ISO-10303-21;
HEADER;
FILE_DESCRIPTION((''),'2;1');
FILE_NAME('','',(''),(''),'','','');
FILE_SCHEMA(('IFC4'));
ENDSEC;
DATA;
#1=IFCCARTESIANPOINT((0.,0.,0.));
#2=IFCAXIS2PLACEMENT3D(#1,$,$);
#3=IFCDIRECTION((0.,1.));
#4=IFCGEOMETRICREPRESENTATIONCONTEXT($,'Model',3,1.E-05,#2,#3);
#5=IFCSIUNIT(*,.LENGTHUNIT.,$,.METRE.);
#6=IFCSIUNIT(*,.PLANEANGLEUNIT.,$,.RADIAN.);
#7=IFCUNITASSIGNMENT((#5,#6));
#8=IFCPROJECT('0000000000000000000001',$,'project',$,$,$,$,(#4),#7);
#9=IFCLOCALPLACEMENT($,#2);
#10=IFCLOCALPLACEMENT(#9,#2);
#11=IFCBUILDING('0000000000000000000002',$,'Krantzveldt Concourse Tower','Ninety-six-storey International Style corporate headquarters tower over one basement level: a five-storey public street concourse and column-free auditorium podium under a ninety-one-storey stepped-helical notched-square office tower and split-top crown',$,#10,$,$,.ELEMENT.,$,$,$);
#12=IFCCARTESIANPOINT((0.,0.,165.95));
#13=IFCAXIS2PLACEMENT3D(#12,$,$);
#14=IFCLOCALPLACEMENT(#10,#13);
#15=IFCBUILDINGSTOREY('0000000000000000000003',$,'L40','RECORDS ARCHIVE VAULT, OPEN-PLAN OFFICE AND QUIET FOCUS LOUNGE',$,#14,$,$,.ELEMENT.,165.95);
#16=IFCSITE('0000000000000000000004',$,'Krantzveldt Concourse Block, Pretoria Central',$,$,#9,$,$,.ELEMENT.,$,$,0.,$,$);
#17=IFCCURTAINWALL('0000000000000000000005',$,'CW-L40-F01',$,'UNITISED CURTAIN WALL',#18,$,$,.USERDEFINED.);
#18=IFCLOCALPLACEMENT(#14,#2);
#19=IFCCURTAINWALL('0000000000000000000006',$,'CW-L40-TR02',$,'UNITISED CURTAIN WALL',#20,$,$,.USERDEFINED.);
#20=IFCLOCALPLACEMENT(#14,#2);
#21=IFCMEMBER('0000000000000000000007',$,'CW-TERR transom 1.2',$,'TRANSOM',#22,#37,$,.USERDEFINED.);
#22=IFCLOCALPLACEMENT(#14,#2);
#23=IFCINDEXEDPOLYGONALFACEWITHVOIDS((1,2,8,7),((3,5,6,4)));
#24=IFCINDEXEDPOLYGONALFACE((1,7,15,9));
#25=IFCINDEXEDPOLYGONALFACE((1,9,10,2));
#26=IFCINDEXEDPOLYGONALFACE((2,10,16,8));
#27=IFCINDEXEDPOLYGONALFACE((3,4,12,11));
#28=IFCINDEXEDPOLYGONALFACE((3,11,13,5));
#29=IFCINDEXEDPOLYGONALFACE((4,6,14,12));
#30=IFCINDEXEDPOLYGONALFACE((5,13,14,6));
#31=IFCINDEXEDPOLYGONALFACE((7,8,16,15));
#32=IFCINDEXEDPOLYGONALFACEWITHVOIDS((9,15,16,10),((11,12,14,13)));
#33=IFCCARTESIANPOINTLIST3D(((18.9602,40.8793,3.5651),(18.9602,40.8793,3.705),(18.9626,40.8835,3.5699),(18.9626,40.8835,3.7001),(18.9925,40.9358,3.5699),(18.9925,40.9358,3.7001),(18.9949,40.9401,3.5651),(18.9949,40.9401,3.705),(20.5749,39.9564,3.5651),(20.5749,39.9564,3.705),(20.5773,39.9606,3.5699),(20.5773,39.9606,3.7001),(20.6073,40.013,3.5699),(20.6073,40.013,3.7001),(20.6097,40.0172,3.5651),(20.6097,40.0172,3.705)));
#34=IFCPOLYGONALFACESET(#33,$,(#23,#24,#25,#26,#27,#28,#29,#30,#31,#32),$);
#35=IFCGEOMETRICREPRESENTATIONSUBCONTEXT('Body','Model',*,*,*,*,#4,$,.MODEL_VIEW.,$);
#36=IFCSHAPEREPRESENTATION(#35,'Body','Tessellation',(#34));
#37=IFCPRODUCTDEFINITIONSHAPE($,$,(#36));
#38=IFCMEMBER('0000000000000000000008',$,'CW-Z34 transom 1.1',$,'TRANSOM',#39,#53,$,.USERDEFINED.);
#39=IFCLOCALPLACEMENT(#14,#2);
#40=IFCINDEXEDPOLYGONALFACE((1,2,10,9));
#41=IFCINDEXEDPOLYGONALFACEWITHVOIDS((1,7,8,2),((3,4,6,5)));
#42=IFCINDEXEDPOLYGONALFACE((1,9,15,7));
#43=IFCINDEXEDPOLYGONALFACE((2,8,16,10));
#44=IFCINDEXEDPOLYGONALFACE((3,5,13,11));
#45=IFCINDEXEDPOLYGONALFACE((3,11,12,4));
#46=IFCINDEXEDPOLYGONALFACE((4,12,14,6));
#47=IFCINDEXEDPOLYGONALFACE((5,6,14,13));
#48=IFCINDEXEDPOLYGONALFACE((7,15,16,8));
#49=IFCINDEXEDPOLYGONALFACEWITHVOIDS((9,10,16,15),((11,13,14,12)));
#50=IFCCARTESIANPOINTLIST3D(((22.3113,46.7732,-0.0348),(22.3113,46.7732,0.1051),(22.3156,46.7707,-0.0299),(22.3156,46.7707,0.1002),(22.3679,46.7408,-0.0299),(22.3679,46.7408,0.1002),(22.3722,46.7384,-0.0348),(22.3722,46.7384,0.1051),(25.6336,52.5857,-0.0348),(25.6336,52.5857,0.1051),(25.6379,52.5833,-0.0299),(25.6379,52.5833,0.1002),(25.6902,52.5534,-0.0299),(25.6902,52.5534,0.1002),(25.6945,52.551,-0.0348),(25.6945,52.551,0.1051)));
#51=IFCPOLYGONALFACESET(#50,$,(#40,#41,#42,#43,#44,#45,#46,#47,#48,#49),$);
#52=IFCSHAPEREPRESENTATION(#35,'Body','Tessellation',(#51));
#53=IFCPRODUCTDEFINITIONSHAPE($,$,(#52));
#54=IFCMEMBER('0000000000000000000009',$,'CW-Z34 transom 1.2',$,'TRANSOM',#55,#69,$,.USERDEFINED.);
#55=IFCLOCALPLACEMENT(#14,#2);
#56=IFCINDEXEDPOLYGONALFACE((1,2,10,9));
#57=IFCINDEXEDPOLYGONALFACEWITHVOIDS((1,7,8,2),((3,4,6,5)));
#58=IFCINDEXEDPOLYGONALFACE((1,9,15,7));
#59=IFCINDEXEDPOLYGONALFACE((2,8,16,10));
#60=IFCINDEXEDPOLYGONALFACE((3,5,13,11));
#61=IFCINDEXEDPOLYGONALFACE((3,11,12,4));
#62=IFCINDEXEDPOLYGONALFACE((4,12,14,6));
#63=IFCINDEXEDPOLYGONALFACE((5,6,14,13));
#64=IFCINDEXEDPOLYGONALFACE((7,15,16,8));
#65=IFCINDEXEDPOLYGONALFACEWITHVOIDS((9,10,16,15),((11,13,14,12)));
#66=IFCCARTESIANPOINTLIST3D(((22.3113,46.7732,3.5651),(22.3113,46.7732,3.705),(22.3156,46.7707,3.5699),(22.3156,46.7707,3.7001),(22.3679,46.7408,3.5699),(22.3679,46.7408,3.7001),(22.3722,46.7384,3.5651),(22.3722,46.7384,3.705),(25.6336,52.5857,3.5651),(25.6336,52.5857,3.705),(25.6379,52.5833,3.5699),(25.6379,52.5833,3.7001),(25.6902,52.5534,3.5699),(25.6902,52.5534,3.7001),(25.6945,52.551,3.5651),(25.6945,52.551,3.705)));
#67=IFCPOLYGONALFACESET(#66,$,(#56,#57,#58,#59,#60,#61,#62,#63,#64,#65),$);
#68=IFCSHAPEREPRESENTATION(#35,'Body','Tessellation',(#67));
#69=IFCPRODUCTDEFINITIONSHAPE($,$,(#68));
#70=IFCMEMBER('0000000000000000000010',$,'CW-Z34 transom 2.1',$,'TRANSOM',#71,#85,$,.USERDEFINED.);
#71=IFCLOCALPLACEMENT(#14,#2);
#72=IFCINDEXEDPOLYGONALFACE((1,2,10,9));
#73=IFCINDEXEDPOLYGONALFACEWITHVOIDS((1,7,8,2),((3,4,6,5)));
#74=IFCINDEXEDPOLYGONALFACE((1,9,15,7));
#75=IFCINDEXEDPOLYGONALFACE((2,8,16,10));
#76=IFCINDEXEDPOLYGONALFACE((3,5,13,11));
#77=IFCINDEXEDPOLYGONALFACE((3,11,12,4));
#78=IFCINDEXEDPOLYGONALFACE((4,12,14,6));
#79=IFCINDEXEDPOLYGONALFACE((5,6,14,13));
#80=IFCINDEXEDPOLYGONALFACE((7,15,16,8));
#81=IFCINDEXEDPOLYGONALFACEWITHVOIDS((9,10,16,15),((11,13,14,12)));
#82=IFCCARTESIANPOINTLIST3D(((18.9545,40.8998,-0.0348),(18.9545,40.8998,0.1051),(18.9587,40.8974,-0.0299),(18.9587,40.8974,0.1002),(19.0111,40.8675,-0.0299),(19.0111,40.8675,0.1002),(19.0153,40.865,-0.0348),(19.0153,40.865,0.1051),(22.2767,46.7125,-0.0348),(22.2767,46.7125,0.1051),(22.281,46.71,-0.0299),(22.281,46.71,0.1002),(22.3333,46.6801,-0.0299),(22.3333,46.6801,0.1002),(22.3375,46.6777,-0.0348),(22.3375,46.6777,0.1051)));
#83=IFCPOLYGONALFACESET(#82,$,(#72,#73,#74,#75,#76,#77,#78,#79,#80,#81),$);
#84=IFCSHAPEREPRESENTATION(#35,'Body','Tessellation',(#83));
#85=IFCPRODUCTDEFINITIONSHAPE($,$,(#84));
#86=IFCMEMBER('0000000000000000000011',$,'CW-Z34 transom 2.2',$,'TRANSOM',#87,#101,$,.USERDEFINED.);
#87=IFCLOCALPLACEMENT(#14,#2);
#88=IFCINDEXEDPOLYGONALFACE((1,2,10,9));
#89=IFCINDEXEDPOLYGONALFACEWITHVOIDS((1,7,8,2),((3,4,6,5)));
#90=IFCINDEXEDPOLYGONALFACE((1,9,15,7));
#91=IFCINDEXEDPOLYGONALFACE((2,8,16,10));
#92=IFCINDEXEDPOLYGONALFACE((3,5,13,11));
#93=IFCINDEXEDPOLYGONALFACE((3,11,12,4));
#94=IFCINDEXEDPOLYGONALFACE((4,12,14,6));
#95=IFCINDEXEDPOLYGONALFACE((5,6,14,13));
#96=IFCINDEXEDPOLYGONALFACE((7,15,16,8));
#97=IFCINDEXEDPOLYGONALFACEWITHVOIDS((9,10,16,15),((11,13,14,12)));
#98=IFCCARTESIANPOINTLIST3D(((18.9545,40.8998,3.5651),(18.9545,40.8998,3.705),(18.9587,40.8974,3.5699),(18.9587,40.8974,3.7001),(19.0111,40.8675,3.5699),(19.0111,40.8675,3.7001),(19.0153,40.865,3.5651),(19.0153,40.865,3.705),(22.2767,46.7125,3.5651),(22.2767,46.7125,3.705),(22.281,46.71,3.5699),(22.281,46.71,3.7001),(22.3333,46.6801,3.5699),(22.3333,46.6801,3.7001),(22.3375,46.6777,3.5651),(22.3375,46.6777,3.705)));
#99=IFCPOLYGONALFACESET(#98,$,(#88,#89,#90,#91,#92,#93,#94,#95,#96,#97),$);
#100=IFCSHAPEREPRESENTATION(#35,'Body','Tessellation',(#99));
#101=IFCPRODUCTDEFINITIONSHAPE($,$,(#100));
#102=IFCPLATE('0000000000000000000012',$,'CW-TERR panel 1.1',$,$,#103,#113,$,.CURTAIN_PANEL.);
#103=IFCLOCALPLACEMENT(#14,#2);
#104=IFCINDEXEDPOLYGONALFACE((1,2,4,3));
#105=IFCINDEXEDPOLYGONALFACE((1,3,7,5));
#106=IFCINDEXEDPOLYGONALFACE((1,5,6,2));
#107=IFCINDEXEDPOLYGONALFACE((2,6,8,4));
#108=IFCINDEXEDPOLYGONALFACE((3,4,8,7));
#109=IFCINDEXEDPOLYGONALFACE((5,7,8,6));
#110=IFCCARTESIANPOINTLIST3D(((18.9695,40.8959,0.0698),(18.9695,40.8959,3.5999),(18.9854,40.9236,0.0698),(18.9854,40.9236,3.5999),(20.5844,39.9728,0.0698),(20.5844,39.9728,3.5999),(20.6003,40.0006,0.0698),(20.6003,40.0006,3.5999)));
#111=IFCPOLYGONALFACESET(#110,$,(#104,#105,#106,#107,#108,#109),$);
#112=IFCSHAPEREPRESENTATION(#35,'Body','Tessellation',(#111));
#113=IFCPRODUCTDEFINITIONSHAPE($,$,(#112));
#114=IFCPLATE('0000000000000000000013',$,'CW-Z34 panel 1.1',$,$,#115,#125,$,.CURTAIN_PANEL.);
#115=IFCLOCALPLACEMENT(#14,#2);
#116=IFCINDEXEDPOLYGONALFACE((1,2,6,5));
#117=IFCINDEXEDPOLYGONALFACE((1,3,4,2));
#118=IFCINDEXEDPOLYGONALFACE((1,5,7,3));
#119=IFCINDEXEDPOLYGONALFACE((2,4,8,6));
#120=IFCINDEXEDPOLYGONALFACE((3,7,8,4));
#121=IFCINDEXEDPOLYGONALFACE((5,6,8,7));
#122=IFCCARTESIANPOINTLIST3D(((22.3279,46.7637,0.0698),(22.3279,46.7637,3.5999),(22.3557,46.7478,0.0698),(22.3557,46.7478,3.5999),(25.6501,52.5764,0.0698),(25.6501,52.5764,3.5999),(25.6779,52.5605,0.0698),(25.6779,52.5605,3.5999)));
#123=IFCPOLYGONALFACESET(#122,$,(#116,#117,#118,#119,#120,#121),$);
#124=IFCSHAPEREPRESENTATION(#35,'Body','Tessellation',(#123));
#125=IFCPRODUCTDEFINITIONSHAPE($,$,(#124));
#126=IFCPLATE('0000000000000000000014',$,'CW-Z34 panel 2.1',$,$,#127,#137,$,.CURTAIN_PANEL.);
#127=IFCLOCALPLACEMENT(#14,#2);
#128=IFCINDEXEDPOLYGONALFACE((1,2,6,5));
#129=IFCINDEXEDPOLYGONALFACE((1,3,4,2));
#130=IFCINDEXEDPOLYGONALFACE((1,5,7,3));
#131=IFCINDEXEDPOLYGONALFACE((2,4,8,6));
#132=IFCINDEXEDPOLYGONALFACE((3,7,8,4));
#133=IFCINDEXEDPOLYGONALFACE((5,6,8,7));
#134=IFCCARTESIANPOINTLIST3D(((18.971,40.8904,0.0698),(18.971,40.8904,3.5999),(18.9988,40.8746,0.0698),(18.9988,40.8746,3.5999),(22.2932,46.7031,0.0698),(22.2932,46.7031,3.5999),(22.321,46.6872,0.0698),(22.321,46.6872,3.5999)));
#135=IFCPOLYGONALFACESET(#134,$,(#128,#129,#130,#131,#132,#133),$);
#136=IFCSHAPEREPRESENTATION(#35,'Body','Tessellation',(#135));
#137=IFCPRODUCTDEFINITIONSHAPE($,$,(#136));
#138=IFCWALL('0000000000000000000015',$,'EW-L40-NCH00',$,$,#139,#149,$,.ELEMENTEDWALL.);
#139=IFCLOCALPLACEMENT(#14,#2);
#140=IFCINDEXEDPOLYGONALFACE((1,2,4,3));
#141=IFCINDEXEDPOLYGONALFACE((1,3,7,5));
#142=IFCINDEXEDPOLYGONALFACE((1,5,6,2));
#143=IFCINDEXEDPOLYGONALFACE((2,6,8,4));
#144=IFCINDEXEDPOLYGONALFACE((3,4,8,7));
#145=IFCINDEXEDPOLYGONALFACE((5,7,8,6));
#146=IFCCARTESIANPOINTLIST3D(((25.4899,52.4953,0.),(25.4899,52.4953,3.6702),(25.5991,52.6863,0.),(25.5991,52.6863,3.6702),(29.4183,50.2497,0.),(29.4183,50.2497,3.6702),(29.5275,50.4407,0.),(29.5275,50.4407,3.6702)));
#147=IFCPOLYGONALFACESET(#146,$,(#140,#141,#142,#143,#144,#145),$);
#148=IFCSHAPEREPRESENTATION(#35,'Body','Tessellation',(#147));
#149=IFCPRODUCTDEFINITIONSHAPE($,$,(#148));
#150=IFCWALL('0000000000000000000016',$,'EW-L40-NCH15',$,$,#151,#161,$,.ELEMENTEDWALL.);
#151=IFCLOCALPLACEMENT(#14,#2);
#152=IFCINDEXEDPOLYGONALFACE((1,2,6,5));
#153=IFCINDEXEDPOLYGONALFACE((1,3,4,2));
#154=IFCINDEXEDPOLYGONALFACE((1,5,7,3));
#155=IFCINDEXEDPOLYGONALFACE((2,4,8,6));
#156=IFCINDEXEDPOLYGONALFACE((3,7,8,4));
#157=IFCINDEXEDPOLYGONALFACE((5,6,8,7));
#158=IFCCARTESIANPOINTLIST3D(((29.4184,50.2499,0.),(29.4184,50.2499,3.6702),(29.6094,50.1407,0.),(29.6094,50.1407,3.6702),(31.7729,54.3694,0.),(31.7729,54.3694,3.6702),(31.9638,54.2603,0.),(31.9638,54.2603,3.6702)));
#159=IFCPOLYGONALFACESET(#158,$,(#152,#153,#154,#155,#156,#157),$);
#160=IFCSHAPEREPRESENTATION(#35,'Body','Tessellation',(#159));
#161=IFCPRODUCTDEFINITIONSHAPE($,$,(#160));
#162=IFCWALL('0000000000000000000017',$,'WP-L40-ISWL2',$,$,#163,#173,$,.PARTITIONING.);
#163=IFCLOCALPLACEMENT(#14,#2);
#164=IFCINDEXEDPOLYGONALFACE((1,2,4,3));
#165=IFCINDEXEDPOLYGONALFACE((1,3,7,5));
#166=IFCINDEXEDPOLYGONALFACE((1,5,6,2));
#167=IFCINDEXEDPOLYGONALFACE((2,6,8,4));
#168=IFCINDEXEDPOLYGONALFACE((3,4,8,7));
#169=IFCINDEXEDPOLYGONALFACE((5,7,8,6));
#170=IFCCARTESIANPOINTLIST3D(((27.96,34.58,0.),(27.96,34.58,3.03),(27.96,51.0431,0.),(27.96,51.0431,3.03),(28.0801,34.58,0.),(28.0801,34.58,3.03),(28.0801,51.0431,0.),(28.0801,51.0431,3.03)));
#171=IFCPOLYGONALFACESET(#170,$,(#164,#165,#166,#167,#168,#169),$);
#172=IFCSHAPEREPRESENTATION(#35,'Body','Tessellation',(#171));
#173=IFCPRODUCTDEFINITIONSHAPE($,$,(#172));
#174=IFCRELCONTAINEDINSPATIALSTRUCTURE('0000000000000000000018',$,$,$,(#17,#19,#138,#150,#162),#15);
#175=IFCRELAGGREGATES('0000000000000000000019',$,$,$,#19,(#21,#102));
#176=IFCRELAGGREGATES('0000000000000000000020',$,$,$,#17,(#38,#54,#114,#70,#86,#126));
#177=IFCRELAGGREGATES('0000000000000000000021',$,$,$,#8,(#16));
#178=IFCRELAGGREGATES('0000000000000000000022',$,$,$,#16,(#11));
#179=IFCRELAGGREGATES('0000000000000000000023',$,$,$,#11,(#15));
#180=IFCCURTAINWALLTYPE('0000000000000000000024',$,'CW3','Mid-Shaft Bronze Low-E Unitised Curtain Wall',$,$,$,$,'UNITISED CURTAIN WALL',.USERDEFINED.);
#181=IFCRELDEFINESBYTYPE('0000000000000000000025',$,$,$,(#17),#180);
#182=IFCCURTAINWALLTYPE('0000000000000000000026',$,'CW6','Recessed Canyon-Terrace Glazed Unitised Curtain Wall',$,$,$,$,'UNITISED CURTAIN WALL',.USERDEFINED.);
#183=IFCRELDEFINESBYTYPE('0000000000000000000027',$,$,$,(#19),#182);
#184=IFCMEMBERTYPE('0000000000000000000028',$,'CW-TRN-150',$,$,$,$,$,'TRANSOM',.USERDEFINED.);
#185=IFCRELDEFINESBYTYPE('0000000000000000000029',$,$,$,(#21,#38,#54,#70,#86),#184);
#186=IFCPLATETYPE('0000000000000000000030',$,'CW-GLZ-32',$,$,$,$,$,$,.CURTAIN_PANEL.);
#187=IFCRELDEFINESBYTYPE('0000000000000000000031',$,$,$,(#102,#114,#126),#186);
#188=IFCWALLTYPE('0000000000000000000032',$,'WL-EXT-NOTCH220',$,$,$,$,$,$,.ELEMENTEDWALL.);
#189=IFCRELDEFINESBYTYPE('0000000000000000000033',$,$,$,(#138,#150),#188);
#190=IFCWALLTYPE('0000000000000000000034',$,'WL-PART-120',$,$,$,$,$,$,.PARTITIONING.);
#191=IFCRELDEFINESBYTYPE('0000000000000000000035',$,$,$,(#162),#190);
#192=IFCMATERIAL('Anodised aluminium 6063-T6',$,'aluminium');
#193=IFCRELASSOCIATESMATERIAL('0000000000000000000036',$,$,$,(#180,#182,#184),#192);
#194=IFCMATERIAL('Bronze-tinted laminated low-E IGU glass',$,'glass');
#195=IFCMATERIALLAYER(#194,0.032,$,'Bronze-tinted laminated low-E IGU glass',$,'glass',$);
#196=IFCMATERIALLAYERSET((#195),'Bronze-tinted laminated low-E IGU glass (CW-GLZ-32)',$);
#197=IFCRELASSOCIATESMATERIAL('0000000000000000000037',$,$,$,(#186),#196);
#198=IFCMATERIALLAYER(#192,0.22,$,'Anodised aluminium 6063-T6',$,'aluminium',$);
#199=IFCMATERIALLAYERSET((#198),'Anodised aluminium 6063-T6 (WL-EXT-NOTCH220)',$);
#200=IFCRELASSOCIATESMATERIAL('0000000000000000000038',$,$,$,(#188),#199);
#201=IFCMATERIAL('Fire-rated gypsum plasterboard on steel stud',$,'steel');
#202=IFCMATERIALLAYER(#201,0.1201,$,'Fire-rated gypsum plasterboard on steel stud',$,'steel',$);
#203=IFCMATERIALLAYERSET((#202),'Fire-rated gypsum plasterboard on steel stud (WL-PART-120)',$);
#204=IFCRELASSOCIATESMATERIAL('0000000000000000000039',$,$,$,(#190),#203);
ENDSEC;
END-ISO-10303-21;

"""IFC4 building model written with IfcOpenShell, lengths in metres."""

from ifc_helpers import new_model, si_unit, direction, frame, frame_2d, origin, origin_2d, place, context, subcontext, project, spatial, rectangle, hollow_rectangle, extrude, source, transform, mapped, material, layer, layer_set, material_profile, profile_set, type_object, type_shapes, element, aggregate, save


model = new_model("IFC4")

# Units and contexts
model_context = context("Model", 3, precision=1e-05, world=origin(), true_north=direction((0.0, 1.0)))
body_context = subcontext(model_context, "Body", "Model", "MODEL_VIEW")
ifc_project = project(units=[si_unit("LENGTHUNIT", "METRE"), si_unit("PLANEANGLEUNIT", "RADIAN")], contexts=[model_context])

# Site, building, storey
site_placement = place(None, origin())
site = spatial("IfcSite", under=ifc_project, at=site_placement, Name="Krantzveldt Concourse Block, Pretoria Central", CompositionType="ELEMENT", RefElevation=0.0)
building_placement = place(site_placement, origin())
building = spatial("IfcBuilding", under=site, at=building_placement, Name="Krantzveldt Concourse Tower", Description="Ninety-six-storey International Style corporate headquarters tower over one basement level: a five-storey public street concourse and column-free auditorium podium under a ninety-one-storey stepped-helical notched-square office tower and split-top crown", CompositionType="ELEMENT")
storey_placement = place(building_placement, frame((0.0, 0.0, 165.95)))
storey = spatial("IfcBuildingStorey", under=building, at=storey_placement, Name="L40", Description="RECORDS ARCHIVE VAULT, OPEN-PLAN OFFICE AND QUIET FOCUS LOUNGE", CompositionType="ELEMENT", Elevation=165.95)

# Curtain walls
ifc_material_1 = material(Name="Anodised aluminium 6063-T6", Category="aluminium")
curtain_wall_type_1 = type_object("IfcCurtainWallType", Name="CW3", Description="Mid-Shaft Bronze Low-E Unitised Curtain Wall", ElementType="UNITISED CURTAIN WALL", PredefinedType="USERDEFINED", material=ifc_material_1)
curtain_wall_1_placement = place(storey_placement, origin())
curtain_wall_1 = element("IfcCurtainWall", 1, at=curtain_wall_1_placement, inside=storey, type_object=curtain_wall_type_1, Name="CW-L40-F01", ObjectType="UNITISED CURTAIN WALL", PredefinedType="USERDEFINED")
curtain_wall_type_2 = type_object("IfcCurtainWallType", Name="CW6", Description="Recessed Canyon-Terrace Glazed Unitised Curtain Wall", ElementType="UNITISED CURTAIN WALL", PredefinedType="USERDEFINED", material=ifc_material_1)
curtain_wall_2_placement = place(storey_placement, origin())
curtain_wall_2 = element("IfcCurtainWall", 2, at=curtain_wall_2_placement, inside=storey, type_object=curtain_wall_type_2, Name="CW-L40-TR02", ObjectType="UNITISED CURTAIN WALL", PredefinedType="USERDEFINED")

# Members
ifc_material_profile_1 = material_profile(ifc_material_1, hollow_rectangle(XDim=0.0701, YDim=0.1399, WallThickness=0.0049, at=origin_2d()), Name="Anodised aluminium 6063-T6", Category="aluminium")
ifc_profile_set_1 = profile_set([ifc_material_profile_1], Name="Anodised aluminium 6063-T6 - ALU-TRAN 140x70x5")
member_type_1 = type_object("IfcMemberType", Name="CW-TRN-150", ElementType="TRANSOM", PredefinedType="USERDEFINED", material=ifc_profile_set_1)
shared_shape_1 = source(origin(), body_context, "Body", "SweptSolid", [
    extrude(hollow_rectangle(XDim=0.0701, YDim=0.1399, WallThickness=0.0049, at=origin_2d()), origin(), (0.0, 0.0, 1.0), 1.8599),
])
member_1_placement = place(storey_placement, frame((18.9775, 40.9097, 3.635), z_axis=(0.868211, -0.496195, 0.0), x_axis=(0.496195, 0.868211, 0.0)))
member_1 = element("IfcMember", 3, at=member_1_placement, type_object=member_type_1, Name="CW-TERR transom 1.2", ObjectType="TRANSOM", PredefinedType="USERDEFINED", context=body_context, shape_type="MappedRepresentation", body=[
    mapped(shared_shape_1, transform((0.0, 0.0, 0.0), x_axis=(1.0, 0.0, 0.0), y_axis=(0.0, 1.0, 0.0), z_axis=(0.0, 0.0, 1.0), scale=1.0)),
])
shared_shape_2 = source(origin(), body_context, "Body", "SweptSolid", [
    extrude(hollow_rectangle(XDim=0.0701, YDim=0.1399, WallThickness=0.0049, at=origin_2d()), origin(), (0.0, 0.0, 1.0), 6.6951),
])
type_shapes(member_type_1, [shared_shape_1, shared_shape_2])
member_2_placement = place(storey_placement, frame((25.6641, 52.5684, 0.0352), z_axis=(-0.496233, -0.868189, 0.0), x_axis=(0.868189, -0.496233, 0.0)))
member_2 = element("IfcMember", 4, at=member_2_placement, type_object=member_type_1, Name="CW-Z34 transom 1.1", ObjectType="TRANSOM", PredefinedType="USERDEFINED", context=body_context, shape_type="MappedRepresentation", body=[
    mapped(shared_shape_2, transform((0.0, 0.0, 0.0), x_axis=(1.0, 0.0, 0.0), y_axis=(0.0, 1.0, 0.0), z_axis=(0.0, 0.0, 1.0), scale=1.0)),
])
member_3_placement = place(storey_placement, frame((25.6641, 52.5684, 3.635), z_axis=(-0.496233, -0.868189, 0.0), x_axis=(0.868189, -0.496233, 0.0)))
member_3 = element("IfcMember", 5, at=member_3_placement, type_object=member_type_1, Name="CW-Z34 transom 1.2", ObjectType="TRANSOM", PredefinedType="USERDEFINED", context=body_context, shape_type="MappedRepresentation", body=[
    mapped(shared_shape_2, transform((0.0, 0.0, 0.0), x_axis=(1.0, 0.0, 0.0), y_axis=(0.0, 1.0, 0.0), z_axis=(0.0, 0.0, 1.0), scale=1.0)),
])
member_4_placement = place(storey_placement, frame((22.3071, 46.6951, 0.0352), z_axis=(-0.496217, -0.868198, 0.0), x_axis=(0.868198, -0.496217, 0.0)))
member_4 = element("IfcMember", 6, at=member_4_placement, type_object=member_type_1, Name="CW-Z34 transom 2.1", ObjectType="TRANSOM", PredefinedType="USERDEFINED", context=body_context, shape_type="MappedRepresentation", body=[
    mapped(shared_shape_2, transform((0.0, 0.0, 0.0), x_axis=(1.0, 0.0, 0.0), y_axis=(0.0, 1.0, 0.0), z_axis=(0.0, 0.0, 1.0), scale=1.0)),
])
member_5_placement = place(storey_placement, frame((22.3071, 46.6951, 3.635), z_axis=(-0.496217, -0.868198, 0.0), x_axis=(0.868198, -0.496217, 0.0)))
member_5 = element("IfcMember", 7, at=member_5_placement, type_object=member_type_1, Name="CW-Z34 transom 2.2", ObjectType="TRANSOM", PredefinedType="USERDEFINED", context=body_context, shape_type="MappedRepresentation", body=[
    mapped(shared_shape_2, transform((0.0, 0.0, 0.0), x_axis=(1.0, 0.0, 0.0), y_axis=(0.0, 1.0, 0.0), z_axis=(0.0, 0.0, 1.0), scale=1.0)),
])

# Plates
ifc_material_2 = material(Name="Bronze-tinted laminated low-E IGU glass", Category="glass")
ifc_layer_1 = layer(ifc_material_2, 0.032, Name="Bronze-tinted laminated low-E IGU glass", Category="glass")
ifc_layer_set_1 = layer_set([ifc_layer_1], Name="Bronze-tinted laminated low-E IGU glass (CW-GLZ-32)")
plate_type = type_object("IfcPlateType", Name="CW-GLZ-32", PredefinedType="CURTAIN_PANEL", material=ifc_layer_set_1)
shared_shape_3 = source(origin(), body_context, "Body", "SweptSolid", [
    extrude(rectangle(XDim=1.8601, YDim=0.032, at=origin_2d()), origin(), (0.0, 0.0, 1.0), 3.53),
])
plate_1_placement = place(storey_placement, frame((19.7849, 40.4482, 0.0698), z_axis=(0.0, 0.0, 1.0), x_axis=(0.868198, -0.496219, 0.0)))
plate_1 = element("IfcPlate", 8, at=plate_1_placement, type_object=plate_type, Name="CW-TERR panel 1.1", PredefinedType="CURTAIN_PANEL", context=body_context, shape_type="MappedRepresentation", body=[
    mapped(shared_shape_3, transform((0.0, 0.0, 0.0), x_axis=(1.0, 0.0, 0.0), y_axis=(0.0, 1.0, 0.0), z_axis=(0.0, 0.0, 1.0), scale=1.0)),
])
aggregate(curtain_wall_2, [member_1, plate_1])
shared_shape_4 = source(origin(), body_context, "Body", "SweptSolid", [
    extrude(rectangle(XDim=6.6951, YDim=0.032, at=origin_2d()), origin(), (0.0, 0.0, 1.0), 3.53),
])
type_shapes(plate_type, [shared_shape_3, shared_shape_4])
plate_2_placement = place(storey_placement, frame((24.0029, 49.6621, 0.0698), z_axis=(0.0, 0.0, 1.0), x_axis=(-0.496216, -0.868199, 0.0)))
plate_2 = element("IfcPlate", 9, at=plate_2_placement, type_object=plate_type, Name="CW-Z34 panel 1.1", PredefinedType="CURTAIN_PANEL", context=body_context, shape_type="MappedRepresentation", body=[
    mapped(shared_shape_4, transform((0.0, 0.0, 0.0), x_axis=(1.0, 0.0, 0.0), y_axis=(0.0, 1.0, 0.0), z_axis=(0.0, 0.0, 1.0), scale=1.0)),
])
plate_3_placement = place(storey_placement, frame((20.646, 43.7888, 0.0698), z_axis=(0.0, 0.0, 1.0), x_axis=(-0.496216, -0.868199, 0.0)))
plate_3 = element("IfcPlate", 10, at=plate_3_placement, type_object=plate_type, Name="CW-Z34 panel 2.1", PredefinedType="CURTAIN_PANEL", context=body_context, shape_type="MappedRepresentation", body=[
    mapped(shared_shape_4, transform((0.0, 0.0, 0.0), x_axis=(1.0, 0.0, 0.0), y_axis=(0.0, 1.0, 0.0), z_axis=(0.0, 0.0, 1.0), scale=1.0)),
])
aggregate(curtain_wall_1, [member_2, member_3, plate_2, member_4, member_5, plate_3])

# Walls
ifc_layer_2 = layer(ifc_material_1, 0.22, Name="Anodised aluminium 6063-T6", Category="aluminium")
ifc_layer_set_2 = layer_set([ifc_layer_2], Name="Anodised aluminium 6063-T6 (WL-EXT-NOTCH220)")
wall_type_1 = type_object("IfcWallType", Name="WL-EXT-NOTCH220", PredefinedType="ELEMENTEDWALL", material=ifc_layer_set_2)
wall_1_placement = place(storey_placement, frame((29.4729, 50.3452, 0.0), z_axis=(0.0, 0.0, 1.0), x_axis=(-0.86817, 0.496267, 0.0)))
element("IfcWall", 11, at=wall_1_placement, inside=storey, type_object=wall_type_1, Name="EW-L40-NCH00", PredefinedType="ELEMENTEDWALL", context=body_context, shape_type="SweptSolid", body=[
    extrude(rectangle(XDim=4.5249, YDim=0.22, at=frame_2d((2.2625, 0.0))), origin(), (0.0, 0.0, 1.0), 3.6702),
])
wall_2_placement = place(storey_placement, frame((31.8684, 54.3149, 0.0), z_axis=(0.0, 0.0, 1.0), x_axis=(-0.496205, -0.868205, 0.0)))
element("IfcWall", 12, at=wall_2_placement, inside=storey, type_object=wall_type_1, Name="EW-L40-NCH15", PredefinedType="ELEMENTEDWALL", context=body_context, shape_type="SweptSolid", body=[
    extrude(rectangle(XDim=4.7449, YDim=0.22, at=frame_2d((2.3726, 0.0))), origin(), (0.0, 0.0, 1.0), 3.6702),
])
ifc_material_3 = material(Name="Fire-rated gypsum plasterboard on steel stud", Category="steel")
ifc_layer_3 = layer(ifc_material_3, 0.1201, Name="Fire-rated gypsum plasterboard on steel stud", Category="steel")
ifc_layer_set_3 = layer_set([ifc_layer_3], Name="Fire-rated gypsum plasterboard on steel stud (WL-PART-120)")
wall_type_2 = type_object("IfcWallType", Name="WL-PART-120", PredefinedType="PARTITIONING", material=ifc_layer_set_3)
wall_3_placement = place(storey_placement, frame((28.02, 34.5801, 0.0), z_axis=(0.0, 0.0, 1.0), x_axis=(0.0, 1.0, 0.0)))
element("IfcWall", 13, at=wall_3_placement, inside=storey, type_object=wall_type_2, Name="WP-L40-ISWL2", PredefinedType="PARTITIONING", context=body_context, shape_type="SweptSolid", body=[
    extrude(rectangle(XDim=16.4631, YDim=0.1201, at=frame_2d((8.2314, 0.0))), origin(), (0.0, 0.0, 1.0), 3.03),
])

save(model, "model.ifc")
